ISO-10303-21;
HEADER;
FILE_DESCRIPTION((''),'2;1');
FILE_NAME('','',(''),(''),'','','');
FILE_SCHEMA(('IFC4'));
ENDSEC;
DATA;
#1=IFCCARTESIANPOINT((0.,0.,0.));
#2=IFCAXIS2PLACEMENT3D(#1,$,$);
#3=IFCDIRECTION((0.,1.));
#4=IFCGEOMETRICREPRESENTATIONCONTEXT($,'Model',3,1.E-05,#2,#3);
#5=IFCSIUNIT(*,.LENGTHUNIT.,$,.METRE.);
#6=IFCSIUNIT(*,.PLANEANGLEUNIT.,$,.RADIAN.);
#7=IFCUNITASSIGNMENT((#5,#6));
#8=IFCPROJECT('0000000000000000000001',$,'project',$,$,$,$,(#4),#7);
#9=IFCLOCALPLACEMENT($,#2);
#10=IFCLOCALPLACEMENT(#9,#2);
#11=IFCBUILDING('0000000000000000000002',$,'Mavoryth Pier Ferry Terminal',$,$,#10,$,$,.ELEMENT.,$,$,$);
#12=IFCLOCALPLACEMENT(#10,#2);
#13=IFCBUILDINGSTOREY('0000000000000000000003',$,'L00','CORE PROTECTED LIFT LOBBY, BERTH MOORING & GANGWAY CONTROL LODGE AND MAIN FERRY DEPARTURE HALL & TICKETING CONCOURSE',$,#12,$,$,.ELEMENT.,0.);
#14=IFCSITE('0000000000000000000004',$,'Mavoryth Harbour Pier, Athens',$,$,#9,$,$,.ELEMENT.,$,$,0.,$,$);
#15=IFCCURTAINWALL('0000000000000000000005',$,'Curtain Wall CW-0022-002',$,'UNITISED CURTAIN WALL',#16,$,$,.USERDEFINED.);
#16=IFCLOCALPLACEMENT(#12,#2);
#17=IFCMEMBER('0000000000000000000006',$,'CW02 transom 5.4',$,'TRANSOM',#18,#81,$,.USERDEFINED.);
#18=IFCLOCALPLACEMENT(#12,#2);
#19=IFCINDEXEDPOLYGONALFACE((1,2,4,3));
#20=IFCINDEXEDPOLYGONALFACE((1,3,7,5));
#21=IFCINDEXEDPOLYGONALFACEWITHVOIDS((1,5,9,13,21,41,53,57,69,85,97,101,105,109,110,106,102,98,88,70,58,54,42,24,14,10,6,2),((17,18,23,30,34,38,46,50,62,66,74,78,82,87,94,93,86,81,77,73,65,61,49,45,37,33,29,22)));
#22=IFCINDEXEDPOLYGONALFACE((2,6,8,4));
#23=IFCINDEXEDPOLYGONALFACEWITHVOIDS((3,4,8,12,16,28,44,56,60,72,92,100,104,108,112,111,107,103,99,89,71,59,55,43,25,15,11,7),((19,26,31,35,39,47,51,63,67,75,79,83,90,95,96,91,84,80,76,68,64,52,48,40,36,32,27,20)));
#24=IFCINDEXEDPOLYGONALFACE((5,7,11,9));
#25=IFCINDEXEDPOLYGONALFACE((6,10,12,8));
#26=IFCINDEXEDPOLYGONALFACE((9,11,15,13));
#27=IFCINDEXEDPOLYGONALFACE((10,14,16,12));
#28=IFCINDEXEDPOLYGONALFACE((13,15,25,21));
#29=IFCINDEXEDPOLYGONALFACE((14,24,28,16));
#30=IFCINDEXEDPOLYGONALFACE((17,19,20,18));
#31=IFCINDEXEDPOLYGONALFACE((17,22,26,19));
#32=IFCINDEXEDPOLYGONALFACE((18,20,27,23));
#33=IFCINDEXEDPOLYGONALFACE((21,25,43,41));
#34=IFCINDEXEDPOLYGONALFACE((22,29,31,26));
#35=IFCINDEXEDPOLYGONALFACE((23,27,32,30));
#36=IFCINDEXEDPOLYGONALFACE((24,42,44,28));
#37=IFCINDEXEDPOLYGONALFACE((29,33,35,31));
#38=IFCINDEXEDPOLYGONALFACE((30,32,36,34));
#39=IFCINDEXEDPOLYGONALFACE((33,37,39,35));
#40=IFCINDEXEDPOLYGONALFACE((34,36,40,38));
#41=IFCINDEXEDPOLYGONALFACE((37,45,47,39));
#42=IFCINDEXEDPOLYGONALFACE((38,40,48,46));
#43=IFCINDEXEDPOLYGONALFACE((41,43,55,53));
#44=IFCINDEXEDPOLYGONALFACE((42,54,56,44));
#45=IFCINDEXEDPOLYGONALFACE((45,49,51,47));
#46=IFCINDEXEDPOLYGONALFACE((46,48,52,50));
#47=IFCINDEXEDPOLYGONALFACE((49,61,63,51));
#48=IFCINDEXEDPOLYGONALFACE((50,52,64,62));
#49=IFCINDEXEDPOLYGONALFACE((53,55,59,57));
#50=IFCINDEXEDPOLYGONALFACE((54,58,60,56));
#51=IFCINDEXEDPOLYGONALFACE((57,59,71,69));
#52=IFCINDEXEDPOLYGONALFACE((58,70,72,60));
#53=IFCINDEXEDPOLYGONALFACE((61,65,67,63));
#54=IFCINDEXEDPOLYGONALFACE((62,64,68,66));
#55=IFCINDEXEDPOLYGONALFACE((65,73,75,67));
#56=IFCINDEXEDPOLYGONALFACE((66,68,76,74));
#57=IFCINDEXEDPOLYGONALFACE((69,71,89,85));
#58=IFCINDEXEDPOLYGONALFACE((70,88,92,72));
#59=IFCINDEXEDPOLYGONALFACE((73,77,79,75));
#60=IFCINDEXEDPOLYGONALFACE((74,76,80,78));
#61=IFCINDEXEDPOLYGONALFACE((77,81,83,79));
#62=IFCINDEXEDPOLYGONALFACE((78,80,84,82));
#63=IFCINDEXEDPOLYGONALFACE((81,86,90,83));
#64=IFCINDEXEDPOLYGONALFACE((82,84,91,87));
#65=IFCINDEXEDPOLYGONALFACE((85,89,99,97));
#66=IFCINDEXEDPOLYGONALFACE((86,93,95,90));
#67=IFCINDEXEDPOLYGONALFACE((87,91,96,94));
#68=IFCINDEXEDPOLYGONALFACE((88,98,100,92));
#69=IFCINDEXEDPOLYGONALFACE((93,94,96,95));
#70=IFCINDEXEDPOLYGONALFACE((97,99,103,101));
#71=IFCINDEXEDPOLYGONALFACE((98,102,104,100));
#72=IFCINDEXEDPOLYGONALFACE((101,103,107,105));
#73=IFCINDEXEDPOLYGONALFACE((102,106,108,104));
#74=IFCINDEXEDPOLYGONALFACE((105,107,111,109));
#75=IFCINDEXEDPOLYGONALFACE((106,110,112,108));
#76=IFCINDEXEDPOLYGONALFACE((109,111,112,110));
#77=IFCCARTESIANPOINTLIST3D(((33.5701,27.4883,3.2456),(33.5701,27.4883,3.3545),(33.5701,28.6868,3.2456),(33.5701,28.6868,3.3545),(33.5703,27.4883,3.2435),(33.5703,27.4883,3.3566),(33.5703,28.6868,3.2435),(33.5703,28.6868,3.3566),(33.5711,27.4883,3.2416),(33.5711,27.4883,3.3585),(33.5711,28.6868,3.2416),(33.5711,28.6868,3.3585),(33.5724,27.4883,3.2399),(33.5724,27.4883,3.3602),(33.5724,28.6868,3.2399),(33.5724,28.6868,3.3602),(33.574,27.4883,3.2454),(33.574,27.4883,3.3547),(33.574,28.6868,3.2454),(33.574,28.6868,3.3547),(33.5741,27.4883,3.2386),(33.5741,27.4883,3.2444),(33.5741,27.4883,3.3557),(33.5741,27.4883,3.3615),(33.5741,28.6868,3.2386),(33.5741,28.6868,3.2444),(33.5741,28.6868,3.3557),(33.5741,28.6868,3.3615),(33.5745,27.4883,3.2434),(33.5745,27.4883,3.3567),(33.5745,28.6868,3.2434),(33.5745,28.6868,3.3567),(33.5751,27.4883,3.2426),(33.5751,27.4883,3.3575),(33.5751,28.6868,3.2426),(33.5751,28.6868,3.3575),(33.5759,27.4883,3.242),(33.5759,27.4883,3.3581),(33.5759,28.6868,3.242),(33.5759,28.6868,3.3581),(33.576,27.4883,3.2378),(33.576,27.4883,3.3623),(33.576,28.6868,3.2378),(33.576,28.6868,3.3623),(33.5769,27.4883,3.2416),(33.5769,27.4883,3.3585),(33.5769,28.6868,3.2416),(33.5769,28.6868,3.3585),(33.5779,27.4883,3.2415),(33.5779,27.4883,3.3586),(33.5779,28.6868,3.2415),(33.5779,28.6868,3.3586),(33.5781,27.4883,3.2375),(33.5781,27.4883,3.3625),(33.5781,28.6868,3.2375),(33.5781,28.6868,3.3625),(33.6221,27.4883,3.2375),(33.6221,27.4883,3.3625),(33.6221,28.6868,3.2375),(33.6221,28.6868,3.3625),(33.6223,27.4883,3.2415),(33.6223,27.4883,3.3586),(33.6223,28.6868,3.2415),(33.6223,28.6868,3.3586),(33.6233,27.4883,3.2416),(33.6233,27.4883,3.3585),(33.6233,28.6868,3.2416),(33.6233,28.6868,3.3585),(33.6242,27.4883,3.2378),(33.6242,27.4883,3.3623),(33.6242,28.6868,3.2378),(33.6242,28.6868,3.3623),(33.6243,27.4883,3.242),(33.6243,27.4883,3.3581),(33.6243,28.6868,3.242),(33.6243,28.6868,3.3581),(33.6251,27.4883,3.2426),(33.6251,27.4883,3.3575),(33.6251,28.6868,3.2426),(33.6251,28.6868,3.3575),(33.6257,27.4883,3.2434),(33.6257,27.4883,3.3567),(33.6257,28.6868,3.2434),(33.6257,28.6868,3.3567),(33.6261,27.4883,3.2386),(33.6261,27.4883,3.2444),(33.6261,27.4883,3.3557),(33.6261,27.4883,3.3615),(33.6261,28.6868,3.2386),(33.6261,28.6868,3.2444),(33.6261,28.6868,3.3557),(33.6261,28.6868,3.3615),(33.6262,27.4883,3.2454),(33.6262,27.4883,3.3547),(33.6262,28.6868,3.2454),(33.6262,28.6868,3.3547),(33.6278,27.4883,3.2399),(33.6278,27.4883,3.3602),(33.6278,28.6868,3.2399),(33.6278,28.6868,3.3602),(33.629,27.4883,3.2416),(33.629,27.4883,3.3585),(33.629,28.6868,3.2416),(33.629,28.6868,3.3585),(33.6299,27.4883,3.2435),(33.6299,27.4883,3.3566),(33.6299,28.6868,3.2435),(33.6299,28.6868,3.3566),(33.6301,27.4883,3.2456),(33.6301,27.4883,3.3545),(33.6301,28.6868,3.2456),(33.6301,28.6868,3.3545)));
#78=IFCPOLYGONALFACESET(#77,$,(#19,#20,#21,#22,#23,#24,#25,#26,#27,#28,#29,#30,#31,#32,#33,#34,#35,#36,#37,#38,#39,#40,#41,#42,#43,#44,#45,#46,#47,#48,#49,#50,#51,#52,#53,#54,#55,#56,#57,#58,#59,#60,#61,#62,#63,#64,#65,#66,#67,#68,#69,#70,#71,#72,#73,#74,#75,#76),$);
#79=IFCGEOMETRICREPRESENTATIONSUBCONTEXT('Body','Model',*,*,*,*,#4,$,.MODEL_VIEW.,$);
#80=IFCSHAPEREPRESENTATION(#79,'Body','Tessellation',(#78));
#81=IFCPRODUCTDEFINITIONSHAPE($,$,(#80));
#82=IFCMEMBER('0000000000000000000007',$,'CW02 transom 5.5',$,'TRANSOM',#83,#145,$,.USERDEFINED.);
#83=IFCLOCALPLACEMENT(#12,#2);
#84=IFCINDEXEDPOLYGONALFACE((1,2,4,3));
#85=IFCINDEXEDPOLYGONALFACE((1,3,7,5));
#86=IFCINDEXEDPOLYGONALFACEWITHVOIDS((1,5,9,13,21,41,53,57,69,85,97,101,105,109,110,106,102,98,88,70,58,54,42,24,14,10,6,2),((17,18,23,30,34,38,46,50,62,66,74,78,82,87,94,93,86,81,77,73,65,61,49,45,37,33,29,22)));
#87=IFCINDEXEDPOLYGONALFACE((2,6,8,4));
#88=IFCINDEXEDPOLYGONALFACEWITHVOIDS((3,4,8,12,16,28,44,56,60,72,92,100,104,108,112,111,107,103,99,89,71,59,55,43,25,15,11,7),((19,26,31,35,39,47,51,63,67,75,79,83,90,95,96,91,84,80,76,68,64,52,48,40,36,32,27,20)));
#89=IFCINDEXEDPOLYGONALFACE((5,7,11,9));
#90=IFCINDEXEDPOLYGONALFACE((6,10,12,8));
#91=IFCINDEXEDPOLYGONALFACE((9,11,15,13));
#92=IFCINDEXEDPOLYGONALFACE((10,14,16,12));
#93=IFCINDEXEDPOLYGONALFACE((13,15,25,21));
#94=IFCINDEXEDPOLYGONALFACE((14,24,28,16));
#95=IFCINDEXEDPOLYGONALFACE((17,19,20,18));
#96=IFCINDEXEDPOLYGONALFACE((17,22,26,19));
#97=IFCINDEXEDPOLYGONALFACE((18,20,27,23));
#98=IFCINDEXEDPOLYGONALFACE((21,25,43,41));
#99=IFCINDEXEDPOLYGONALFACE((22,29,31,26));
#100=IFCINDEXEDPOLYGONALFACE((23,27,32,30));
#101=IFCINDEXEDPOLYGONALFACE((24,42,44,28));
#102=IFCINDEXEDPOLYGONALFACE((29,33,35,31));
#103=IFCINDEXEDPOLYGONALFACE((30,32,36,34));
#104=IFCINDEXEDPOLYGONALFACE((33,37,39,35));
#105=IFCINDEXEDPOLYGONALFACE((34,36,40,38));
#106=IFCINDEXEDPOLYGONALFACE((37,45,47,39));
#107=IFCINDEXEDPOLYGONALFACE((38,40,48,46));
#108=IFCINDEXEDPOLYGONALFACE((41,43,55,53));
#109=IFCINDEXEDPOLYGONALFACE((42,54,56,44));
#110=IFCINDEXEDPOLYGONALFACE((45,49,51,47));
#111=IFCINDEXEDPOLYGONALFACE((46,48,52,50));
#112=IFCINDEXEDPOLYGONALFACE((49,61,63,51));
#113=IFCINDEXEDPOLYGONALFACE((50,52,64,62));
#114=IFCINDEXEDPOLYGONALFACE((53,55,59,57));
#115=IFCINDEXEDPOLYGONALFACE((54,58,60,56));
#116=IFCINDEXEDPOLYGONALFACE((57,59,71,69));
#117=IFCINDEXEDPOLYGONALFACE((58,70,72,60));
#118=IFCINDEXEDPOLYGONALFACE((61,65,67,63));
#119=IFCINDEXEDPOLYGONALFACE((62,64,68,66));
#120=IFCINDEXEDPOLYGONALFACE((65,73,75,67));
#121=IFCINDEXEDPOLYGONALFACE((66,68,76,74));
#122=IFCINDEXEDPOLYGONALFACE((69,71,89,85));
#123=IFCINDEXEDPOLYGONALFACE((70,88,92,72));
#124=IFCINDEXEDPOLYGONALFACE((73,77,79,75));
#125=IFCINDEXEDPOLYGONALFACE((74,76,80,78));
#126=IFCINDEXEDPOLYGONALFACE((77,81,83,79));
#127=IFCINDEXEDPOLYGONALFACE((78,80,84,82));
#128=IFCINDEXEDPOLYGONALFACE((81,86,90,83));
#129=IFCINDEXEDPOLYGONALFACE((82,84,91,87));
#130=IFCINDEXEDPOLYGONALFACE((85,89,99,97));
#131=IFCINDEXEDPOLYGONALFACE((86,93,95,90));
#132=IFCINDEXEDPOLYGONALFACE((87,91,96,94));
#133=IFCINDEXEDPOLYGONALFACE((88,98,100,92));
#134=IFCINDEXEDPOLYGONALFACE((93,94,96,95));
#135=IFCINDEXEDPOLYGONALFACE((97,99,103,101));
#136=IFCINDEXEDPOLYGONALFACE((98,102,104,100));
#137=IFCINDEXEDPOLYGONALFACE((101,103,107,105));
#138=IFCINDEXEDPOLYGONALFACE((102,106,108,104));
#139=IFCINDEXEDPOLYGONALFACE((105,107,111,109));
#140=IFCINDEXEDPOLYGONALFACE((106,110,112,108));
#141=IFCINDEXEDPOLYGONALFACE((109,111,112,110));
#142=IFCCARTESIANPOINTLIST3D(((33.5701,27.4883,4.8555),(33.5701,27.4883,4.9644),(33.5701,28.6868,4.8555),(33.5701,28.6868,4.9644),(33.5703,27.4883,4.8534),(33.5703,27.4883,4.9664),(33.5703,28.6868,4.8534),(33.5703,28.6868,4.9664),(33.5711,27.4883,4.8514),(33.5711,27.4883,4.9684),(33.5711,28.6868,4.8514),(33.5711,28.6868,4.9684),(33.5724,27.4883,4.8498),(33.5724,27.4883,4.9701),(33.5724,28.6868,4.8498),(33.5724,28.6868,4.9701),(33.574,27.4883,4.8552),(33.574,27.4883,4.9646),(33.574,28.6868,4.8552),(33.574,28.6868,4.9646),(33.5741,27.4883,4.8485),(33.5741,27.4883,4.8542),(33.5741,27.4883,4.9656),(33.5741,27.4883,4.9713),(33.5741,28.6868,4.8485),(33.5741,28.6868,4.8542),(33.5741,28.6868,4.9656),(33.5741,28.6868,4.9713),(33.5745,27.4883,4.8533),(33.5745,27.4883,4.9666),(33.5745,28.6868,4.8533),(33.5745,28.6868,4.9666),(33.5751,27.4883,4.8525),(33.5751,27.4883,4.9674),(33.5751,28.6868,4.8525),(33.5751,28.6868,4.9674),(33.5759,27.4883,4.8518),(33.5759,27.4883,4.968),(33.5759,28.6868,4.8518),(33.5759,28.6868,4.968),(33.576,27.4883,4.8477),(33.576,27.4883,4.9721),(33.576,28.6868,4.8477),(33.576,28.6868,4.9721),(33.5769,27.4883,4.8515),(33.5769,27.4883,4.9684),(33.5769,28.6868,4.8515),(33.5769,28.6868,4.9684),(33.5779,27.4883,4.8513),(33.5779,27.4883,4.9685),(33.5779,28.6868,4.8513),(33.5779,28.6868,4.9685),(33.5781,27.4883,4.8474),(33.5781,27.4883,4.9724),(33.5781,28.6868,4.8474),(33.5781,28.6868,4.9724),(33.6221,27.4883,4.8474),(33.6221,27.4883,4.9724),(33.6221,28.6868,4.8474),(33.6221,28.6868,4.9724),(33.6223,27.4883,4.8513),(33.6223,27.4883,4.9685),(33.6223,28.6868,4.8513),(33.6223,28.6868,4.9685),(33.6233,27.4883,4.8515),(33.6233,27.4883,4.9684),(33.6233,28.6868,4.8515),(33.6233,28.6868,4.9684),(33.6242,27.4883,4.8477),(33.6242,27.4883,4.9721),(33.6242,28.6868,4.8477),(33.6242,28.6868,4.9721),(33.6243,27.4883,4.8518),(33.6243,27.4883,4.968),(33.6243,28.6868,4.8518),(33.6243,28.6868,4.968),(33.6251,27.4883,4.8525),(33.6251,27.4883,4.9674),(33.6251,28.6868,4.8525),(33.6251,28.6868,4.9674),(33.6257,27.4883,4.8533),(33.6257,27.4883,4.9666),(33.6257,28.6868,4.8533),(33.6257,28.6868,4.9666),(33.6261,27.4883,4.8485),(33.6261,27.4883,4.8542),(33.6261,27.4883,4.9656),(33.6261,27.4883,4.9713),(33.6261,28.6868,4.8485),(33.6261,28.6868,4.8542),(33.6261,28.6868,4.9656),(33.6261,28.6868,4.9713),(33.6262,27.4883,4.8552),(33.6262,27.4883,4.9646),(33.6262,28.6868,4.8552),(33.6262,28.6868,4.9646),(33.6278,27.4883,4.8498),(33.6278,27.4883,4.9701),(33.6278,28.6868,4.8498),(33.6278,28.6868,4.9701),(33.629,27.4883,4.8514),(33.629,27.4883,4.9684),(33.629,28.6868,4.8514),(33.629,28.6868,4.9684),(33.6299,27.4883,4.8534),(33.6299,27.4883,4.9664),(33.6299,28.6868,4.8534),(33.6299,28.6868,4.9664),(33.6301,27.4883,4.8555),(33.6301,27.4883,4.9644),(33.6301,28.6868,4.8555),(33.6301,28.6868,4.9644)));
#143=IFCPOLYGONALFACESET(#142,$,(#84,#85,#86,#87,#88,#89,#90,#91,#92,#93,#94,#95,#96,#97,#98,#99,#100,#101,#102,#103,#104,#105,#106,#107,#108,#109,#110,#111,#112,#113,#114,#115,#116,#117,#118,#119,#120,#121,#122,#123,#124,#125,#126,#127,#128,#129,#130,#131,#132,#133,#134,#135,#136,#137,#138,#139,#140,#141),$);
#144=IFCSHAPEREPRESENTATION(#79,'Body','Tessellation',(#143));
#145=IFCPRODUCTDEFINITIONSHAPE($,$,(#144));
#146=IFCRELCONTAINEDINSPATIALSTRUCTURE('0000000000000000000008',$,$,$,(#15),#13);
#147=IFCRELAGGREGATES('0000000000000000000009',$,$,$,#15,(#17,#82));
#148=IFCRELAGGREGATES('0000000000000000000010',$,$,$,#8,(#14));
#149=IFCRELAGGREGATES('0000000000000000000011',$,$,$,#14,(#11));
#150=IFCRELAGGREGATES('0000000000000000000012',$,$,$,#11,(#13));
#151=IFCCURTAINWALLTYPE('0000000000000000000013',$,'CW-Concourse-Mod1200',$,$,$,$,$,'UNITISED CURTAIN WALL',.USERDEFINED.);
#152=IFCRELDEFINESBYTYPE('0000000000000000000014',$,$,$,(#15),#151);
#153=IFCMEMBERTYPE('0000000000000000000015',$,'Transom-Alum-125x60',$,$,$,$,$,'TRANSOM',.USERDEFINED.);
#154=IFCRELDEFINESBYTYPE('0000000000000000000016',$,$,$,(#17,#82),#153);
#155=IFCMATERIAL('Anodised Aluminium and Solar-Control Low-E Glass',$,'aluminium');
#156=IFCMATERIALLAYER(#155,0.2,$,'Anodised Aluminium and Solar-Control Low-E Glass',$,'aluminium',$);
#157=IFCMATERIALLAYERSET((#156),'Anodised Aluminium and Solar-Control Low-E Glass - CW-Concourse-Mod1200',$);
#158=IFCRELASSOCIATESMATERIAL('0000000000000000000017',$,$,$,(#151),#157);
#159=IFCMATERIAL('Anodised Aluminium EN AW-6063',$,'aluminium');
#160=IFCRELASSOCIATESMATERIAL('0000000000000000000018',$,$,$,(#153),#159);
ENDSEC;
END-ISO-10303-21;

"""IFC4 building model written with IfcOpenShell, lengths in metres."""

from ifc_helpers import new_model, si_unit, direction, frame, origin, origin_2d, place, context, subcontext, project, spatial, hollow_rectangle, extrude, material, layer, layer_set, material_profile, profile_set, type_object, element, aggregate, save


model = new_model("IFC4")

# Units and contexts
model_context = context("Model", 3, precision=1e-05, world=origin(), true_north=direction((0.0, 1.0)))
body_context = subcontext(model_context, "Body", "Model", "MODEL_VIEW")
ifc_project = project(units=[si_unit("LENGTHUNIT", "METRE"), si_unit("PLANEANGLEUNIT", "RADIAN")], contexts=[model_context])

# Site, building, storey
site_placement = place(None, origin())
site = spatial("IfcSite", under=ifc_project, at=site_placement, Name="Mavoryth Harbour Pier, Athens", CompositionType="ELEMENT", RefElevation=0.0)
building_placement = place(site_placement, origin())
building = spatial("IfcBuilding", under=site, at=building_placement, Name="Mavoryth Pier Ferry Terminal", CompositionType="ELEMENT")
storey_placement = place(building_placement, origin())
storey = spatial("IfcBuildingStorey", under=building, at=storey_placement, Name="L00", Description="CORE PROTECTED LIFT LOBBY, BERTH MOORING & GANGWAY CONTROL LODGE AND MAIN FERRY DEPARTURE HALL & TICKETING CONCOURSE", CompositionType="ELEMENT", Elevation=0.0)

# Curtain wall, members
ifc_material_1 = material(Name="Anodised Aluminium and Solar-Control Low-E Glass", Category="aluminium")
ifc_layer_1 = layer(ifc_material_1, 0.2, Name="Anodised Aluminium and Solar-Control Low-E Glass", Category="aluminium")
ifc_layer_set_1 = layer_set([ifc_layer_1], Name="Anodised Aluminium and Solar-Control Low-E Glass - CW-Concourse-Mod1200")
curtain_wall_type = type_object("IfcCurtainWallType", Name="CW-Concourse-Mod1200", ElementType="UNITISED CURTAIN WALL", PredefinedType="USERDEFINED", material=ifc_layer_set_1)
curtain_wall_placement = place(storey_placement, origin())
curtain_wall = element("IfcCurtainWall", 1, at=curtain_wall_placement, inside=storey, type_object=curtain_wall_type, Name="Curtain Wall CW-0022-002", ObjectType="UNITISED CURTAIN WALL", PredefinedType="USERDEFINED")
ifc_material_2 = material(Name="Anodised Aluminium EN AW-6063", Category="aluminium")
ifc_material_profile_1 = material_profile(ifc_material_2, hollow_rectangle(XDim=0.0601, YDim=0.125, WallThickness=0.0039, InnerFilletRadius=0.0039, OuterFilletRadius=0.0081, at=origin_2d()), Name="AL-TRAN 125x60x4", Category="aluminium")
ifc_profile_set_1 = profile_set([ifc_material_profile_1], Name="Anodised Aluminium EN AW-6063 - AL-TRAN 125x60x4")
member_type_1 = type_object("IfcMemberType", Name="Transom-Alum-125x60", ElementType="TRANSOM", PredefinedType="USERDEFINED", material=ifc_profile_set_1)
member_1_placement = place(storey_placement, frame((33.6001, 27.4883, 3.3), z_axis=(0.0, 1.0, 0.0), x_axis=(-1.0, 0.0, 0.0)))
member_1 = element("IfcMember", 2, at=member_1_placement, type_object=member_type_1, Name="CW02 transom 5.4", ObjectType="TRANSOM", PredefinedType="USERDEFINED", context=body_context, shape_type="SweptSolid", body=[
    extrude(hollow_rectangle(XDim=0.0601, YDim=0.125, WallThickness=0.0039, InnerFilletRadius=0.0039, OuterFilletRadius=0.0081, at=origin_2d()), origin(), (0.0, 0.0, 1.0), 1.1985),
])
member_2_placement = place(storey_placement, frame((33.6001, 27.4883, 4.9099), z_axis=(0.0, 1.0, 0.0), x_axis=(-1.0, 0.0, 0.0)))
member_2 = element("IfcMember", 3, at=member_2_placement, type_object=member_type_1, Name="CW02 transom 5.5", ObjectType="TRANSOM", PredefinedType="USERDEFINED", context=body_context, shape_type="SweptSolid", body=[
    extrude(hollow_rectangle(XDim=0.0601, YDim=0.125, WallThickness=0.0039, InnerFilletRadius=0.0039, OuterFilletRadius=0.0081, at=origin_2d()), origin(), (0.0, 0.0, 1.0), 1.1985),
])
aggregate(curtain_wall, [member_1, member_2])

save(model, "model.ifc")
